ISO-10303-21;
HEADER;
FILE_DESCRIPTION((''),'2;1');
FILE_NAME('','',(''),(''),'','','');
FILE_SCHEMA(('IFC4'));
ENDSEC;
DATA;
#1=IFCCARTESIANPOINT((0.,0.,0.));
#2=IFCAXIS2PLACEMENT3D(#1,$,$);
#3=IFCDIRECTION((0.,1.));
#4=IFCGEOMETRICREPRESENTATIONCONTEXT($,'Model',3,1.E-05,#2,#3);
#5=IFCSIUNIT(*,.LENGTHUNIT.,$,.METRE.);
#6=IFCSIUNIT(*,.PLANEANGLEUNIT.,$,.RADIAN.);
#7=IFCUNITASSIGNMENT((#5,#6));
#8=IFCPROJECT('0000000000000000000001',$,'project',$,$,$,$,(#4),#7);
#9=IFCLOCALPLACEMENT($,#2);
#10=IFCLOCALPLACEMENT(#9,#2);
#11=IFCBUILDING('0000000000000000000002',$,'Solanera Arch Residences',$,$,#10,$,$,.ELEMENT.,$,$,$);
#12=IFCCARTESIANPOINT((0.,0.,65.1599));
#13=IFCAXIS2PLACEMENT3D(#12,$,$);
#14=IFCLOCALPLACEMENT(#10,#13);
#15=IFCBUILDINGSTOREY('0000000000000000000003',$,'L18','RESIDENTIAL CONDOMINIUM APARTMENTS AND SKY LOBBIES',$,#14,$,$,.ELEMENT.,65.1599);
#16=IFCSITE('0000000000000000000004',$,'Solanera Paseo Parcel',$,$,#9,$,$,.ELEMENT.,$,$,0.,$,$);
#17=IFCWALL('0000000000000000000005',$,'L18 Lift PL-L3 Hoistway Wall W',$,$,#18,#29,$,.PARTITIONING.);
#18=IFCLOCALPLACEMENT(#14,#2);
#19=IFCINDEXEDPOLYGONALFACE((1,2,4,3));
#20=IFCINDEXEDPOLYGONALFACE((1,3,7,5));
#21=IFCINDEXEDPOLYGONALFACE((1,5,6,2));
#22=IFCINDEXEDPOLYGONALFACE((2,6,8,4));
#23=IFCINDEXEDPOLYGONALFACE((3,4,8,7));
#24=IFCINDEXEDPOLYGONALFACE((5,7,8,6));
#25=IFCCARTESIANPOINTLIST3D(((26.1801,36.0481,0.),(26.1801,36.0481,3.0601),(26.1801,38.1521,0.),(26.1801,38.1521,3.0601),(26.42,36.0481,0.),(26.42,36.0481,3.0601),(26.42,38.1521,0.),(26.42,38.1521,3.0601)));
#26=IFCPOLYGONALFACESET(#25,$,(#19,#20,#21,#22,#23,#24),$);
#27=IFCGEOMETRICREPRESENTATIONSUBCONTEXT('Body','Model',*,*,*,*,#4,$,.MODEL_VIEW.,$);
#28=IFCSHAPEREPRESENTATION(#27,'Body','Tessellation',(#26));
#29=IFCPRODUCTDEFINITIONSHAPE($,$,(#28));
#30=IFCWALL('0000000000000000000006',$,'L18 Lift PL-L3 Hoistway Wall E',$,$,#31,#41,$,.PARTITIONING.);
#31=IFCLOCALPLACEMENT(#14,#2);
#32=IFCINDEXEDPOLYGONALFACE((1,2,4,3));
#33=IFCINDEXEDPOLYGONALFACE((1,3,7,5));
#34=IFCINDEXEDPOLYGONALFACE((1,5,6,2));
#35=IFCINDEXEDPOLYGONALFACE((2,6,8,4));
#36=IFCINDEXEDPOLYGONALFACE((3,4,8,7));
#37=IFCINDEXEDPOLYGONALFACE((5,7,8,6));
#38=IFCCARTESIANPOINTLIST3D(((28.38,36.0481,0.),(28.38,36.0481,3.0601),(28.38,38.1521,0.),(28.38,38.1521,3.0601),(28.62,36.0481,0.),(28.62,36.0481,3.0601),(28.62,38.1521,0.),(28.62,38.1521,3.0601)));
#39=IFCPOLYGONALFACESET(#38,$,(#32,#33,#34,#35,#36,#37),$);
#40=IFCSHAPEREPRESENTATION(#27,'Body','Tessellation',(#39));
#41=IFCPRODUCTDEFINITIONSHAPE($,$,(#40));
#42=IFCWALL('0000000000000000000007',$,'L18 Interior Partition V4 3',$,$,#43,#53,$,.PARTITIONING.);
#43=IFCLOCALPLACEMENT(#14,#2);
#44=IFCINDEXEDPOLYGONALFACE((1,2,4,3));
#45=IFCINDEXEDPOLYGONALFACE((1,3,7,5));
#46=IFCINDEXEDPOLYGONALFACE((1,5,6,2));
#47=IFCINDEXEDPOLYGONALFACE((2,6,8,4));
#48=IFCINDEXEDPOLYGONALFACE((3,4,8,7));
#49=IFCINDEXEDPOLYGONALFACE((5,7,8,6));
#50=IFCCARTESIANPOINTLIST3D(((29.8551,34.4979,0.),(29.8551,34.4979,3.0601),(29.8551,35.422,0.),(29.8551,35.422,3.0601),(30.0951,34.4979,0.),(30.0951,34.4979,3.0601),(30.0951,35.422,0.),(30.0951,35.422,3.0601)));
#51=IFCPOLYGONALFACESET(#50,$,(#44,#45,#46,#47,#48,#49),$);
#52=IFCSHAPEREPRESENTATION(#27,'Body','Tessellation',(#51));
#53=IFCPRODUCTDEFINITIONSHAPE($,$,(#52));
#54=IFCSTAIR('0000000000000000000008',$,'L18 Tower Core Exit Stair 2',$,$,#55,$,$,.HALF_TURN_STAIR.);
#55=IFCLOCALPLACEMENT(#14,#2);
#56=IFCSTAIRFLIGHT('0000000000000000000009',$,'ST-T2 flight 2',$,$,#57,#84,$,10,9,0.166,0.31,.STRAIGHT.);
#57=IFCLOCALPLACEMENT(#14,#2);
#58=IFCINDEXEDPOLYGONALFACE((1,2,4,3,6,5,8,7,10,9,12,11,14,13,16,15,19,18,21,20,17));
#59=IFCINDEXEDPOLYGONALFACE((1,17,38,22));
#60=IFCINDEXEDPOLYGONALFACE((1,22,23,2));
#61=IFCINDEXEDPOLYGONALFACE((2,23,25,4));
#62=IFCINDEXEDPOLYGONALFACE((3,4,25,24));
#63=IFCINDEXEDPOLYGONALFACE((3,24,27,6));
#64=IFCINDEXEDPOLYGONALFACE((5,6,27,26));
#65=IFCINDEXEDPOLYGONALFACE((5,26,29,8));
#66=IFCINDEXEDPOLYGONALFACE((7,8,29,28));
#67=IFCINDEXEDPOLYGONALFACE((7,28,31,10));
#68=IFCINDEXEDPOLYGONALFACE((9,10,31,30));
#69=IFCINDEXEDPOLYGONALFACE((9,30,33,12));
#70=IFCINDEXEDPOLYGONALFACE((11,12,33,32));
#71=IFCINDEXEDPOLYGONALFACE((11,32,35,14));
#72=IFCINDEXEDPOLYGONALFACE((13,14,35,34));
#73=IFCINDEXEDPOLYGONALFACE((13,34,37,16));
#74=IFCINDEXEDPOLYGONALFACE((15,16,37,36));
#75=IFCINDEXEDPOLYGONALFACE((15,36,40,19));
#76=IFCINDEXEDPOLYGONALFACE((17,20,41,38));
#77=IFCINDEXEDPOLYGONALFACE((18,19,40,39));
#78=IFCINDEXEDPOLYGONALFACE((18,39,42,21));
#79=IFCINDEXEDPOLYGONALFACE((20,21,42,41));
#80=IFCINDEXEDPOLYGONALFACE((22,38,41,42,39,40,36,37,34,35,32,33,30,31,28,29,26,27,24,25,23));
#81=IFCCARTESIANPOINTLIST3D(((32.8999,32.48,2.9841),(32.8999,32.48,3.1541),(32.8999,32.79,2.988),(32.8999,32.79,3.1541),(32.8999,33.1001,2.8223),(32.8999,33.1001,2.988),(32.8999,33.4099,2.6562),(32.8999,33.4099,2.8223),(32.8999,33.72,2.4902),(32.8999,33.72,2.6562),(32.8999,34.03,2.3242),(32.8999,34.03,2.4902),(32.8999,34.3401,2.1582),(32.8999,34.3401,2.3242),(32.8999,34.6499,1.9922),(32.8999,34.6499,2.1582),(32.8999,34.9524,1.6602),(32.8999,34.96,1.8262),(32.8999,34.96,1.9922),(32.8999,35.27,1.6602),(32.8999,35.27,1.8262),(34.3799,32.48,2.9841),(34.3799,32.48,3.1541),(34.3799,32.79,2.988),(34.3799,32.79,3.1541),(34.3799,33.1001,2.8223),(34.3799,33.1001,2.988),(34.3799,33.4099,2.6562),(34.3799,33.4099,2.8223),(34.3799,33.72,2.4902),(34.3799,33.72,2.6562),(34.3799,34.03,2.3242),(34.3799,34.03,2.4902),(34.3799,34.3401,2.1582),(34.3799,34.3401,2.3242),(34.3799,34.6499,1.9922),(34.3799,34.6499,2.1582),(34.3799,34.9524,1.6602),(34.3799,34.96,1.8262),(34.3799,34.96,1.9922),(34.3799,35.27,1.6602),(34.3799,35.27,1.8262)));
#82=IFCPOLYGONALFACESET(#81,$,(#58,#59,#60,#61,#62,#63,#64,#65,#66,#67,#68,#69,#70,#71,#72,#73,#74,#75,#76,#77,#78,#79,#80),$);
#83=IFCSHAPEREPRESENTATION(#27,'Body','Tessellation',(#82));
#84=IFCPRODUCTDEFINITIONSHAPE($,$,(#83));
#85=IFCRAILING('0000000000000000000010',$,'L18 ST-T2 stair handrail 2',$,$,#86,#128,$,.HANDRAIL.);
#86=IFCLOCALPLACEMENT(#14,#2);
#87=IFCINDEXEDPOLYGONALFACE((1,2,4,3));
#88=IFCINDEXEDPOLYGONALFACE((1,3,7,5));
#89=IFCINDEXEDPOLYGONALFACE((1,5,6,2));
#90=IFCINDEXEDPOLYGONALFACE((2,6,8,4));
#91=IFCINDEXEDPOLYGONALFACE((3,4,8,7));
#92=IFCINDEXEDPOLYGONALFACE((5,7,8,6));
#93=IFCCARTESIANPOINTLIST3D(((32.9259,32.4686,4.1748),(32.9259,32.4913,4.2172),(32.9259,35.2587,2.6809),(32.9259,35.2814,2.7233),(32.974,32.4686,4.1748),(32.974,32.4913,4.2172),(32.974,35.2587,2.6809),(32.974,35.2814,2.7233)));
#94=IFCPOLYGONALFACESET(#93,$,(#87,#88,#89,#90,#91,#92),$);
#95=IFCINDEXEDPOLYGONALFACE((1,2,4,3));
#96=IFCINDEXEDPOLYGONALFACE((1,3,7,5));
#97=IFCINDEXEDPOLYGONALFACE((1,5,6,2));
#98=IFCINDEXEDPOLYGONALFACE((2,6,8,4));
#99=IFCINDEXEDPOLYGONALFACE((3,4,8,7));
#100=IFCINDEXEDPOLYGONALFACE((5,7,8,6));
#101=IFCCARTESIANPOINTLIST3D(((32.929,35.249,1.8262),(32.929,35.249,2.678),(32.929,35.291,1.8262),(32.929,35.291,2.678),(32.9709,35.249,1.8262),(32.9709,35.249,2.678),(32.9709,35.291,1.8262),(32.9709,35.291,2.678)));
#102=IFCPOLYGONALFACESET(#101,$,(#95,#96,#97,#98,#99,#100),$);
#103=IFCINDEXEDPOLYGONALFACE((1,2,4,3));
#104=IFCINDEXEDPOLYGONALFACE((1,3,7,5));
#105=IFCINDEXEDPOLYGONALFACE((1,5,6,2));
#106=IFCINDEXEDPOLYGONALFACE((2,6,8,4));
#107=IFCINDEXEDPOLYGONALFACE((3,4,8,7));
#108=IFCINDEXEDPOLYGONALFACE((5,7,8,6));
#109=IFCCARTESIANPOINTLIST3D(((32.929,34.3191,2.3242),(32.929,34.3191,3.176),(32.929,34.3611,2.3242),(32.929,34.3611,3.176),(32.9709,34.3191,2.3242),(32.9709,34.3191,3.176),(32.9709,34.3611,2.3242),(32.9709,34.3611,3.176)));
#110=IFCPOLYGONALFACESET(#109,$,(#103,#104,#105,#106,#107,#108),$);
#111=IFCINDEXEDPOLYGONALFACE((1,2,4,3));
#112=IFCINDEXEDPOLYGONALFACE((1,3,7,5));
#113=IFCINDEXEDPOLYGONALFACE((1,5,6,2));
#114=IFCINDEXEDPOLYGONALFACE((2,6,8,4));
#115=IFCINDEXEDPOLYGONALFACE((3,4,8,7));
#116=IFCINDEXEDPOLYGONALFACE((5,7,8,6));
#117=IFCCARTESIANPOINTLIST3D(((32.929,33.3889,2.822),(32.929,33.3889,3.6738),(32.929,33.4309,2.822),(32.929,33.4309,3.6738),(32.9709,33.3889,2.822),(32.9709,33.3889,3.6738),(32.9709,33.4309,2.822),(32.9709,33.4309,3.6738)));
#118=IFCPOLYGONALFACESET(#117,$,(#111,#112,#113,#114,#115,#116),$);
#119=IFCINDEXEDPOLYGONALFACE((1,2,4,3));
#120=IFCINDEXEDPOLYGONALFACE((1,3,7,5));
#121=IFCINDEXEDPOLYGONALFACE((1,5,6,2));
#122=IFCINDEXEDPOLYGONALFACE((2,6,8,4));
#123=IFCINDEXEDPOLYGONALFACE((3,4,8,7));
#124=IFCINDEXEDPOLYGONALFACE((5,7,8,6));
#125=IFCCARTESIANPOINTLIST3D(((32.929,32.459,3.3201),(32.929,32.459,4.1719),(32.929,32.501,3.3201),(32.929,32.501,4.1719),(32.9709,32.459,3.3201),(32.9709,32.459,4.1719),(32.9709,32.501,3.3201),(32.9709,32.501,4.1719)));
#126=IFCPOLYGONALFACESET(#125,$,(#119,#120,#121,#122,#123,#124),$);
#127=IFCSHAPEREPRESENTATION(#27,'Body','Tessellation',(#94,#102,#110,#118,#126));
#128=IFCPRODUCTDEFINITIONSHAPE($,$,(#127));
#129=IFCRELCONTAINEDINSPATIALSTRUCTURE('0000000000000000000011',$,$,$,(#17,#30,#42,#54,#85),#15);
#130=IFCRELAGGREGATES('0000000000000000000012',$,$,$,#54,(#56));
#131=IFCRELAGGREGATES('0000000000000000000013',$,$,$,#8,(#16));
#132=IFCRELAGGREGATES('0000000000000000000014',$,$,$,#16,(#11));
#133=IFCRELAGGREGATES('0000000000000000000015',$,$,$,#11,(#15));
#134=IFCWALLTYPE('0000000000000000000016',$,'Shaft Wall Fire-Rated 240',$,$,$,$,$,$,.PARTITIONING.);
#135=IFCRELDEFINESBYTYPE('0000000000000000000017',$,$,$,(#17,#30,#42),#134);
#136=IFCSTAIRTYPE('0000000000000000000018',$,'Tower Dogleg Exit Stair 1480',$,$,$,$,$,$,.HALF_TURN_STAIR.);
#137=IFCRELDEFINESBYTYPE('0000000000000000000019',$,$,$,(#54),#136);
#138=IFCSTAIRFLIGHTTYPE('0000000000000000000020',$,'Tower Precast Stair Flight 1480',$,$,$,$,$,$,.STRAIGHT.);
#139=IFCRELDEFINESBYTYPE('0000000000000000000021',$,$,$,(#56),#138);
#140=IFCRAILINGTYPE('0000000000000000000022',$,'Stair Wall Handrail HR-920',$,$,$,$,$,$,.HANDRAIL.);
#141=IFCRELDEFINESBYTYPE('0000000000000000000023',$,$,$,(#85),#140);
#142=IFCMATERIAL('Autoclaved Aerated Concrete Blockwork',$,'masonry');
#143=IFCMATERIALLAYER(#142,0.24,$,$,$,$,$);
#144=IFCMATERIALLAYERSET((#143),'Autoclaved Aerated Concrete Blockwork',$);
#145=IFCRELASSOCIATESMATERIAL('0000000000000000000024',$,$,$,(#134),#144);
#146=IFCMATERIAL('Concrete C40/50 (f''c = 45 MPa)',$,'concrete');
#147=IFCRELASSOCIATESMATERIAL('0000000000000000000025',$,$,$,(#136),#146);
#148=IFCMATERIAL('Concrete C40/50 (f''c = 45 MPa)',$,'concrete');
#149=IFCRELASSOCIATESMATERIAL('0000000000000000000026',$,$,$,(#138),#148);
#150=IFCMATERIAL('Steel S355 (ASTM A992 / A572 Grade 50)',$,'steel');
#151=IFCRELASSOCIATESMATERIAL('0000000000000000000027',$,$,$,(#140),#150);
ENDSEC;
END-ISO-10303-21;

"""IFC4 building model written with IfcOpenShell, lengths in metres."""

from ifc_helpers import new_model, si_unit, direction, frame, frame_2d, origin, origin_2d, place, context, subcontext, project, spatial, polyline, rectangle, outline, extrude, material, layer, layer_set, type_object, element, aggregate, save


model = new_model("IFC4")

# Units and contexts
model_context = context("Model", 3, precision=1e-05, world=origin(), true_north=direction((0.0, 1.0)))
body_context = subcontext(model_context, "Body", "Model", "MODEL_VIEW")
ifc_project = project(units=[si_unit("LENGTHUNIT", "METRE"), si_unit("PLANEANGLEUNIT", "RADIAN")], contexts=[model_context])

# Site, building, storey
site_placement = place(None, origin())
site = spatial("IfcSite", under=ifc_project, at=site_placement, Name="Solanera Paseo Parcel", CompositionType="ELEMENT", RefElevation=0.0)
building_placement = place(site_placement, origin())
building = spatial("IfcBuilding", under=site, at=building_placement, Name="Solanera Arch Residences", CompositionType="ELEMENT")
storey_placement = place(building_placement, frame((0.0, 0.0, 65.1599)))
storey = spatial("IfcBuildingStorey", under=building, at=storey_placement, Name="L18", Description="RESIDENTIAL CONDOMINIUM APARTMENTS AND SKY LOBBIES", CompositionType="ELEMENT", Elevation=65.1599)

# Walls
ifc_material_1 = material(Name="Autoclaved Aerated Concrete Blockwork", Category="masonry")
ifc_layer_1 = layer(ifc_material_1, 0.24)
ifc_layer_set_1 = layer_set([ifc_layer_1], Name="Autoclaved Aerated Concrete Blockwork")
wall_type_1 = type_object("IfcWallType", Name="Shaft Wall Fire-Rated 240", PredefinedType="PARTITIONING", material=ifc_layer_set_1)
for number, where, z_axis, x_axis, name in (
    (1, (26.3, 36.0481, 0.0), (0.0, 0.0, 1.0), (0.0, 1.0, 0.0), "L18 Lift PL-L3 Hoistway Wall W"),
    (2, (28.5, 36.0481, 0.0), (0.0, 0.0, 1.0), (0.0, 1.0, 0.0), "L18 Lift PL-L3 Hoistway Wall E"),
):
    element("IfcWall", number, at=place(storey_placement, frame(where, z_axis=z_axis, x_axis=x_axis)), inside=storey, type_object=wall_type_1, Name=name, PredefinedType="PARTITIONING", context=body_context, shape_type="SweptSolid", body=[
        extrude(rectangle(XDim=2.104, YDim=0.24, at=frame_2d((1.052, 0.0))), origin(), (0.0, 0.0, 1.0), 3.0601),
    ])

# Wall
wall_1_placement = place(storey_placement, frame((29.9751, 34.498, 0.0), z_axis=(0.0, 0.0, 1.0), x_axis=(0.0, 1.0, 0.0)))
element("IfcWall", 3, at=wall_1_placement, inside=storey, type_object=wall_type_1, Name="L18 Interior Partition V4 3", PredefinedType="PARTITIONING", context=body_context, shape_type="SweptSolid", body=[
    extrude(rectangle(XDim=0.9241, YDim=0.24, at=frame_2d((0.4619, 0.0))), origin(), (0.0, 0.0, 1.0), 3.0601),
])

# Stair, stair flight
ifc_material_2 = material(Name="Concrete C40/50 (f'c = 45 MPa)", Category="concrete")
stair_type = type_object("IfcStairType", Name="Tower Dogleg Exit Stair 1480", PredefinedType="HALF_TURN_STAIR", material=ifc_material_2)
stair_placement = place(storey_placement, origin())
stair = element("IfcStair", 4, at=stair_placement, inside=storey, type_object=stair_type, Name="L18 Tower Core Exit Stair 2", PredefinedType="HALF_TURN_STAIR")
ifc_material_3 = material(Name="Concrete C40/50 (f'c = 45 MPa)", Category="concrete")
stair_flight_type = type_object("IfcStairFlightType", Name="Tower Precast Stair Flight 1480", PredefinedType="STRAIGHT", material=ifc_material_3)
stair_flight_placement = place(storey_placement, frame((33.6399, 35.27, 1.6602), z_axis=(0.0, 0.0, 1.0), x_axis=(0.0, -1.0, 0.0)))
stair_flight = element("IfcStairFlight", 5, at=stair_flight_placement, type_object=stair_flight_type, Name="ST-T2 flight 2", NumberOfRisers=10, NumberOfTreads=9, PredefinedType="STRAIGHT", RiserHeight=0.166, TreadLength=0.31, context=body_context, shape_type="SweptSolid", body=[
    extrude(outline(polyline([(0.0, 0.0), (0.0, 0.166), (0.3101, 0.166), (0.3101, 0.332), (0.6201, 0.332), (0.6201, 0.498), (0.9299, 0.498), (0.9299, 0.6641), (1.24, 0.6641), (1.24, 0.8301), (1.55, 0.8301), (1.55, 0.9961), (1.8601, 0.9961), (1.8601, 1.1621), (2.1699, 1.1621), (2.1699, 1.3279), (2.48, 1.3279), (2.48, 1.4939), (2.79, 1.4939), (2.79, 1.6599), (2.79, 1.324), (0.3176, 0.0), (0.0, 0.0)])), frame((0.0, 0.74, 0.0), z_axis=(0.0, -1.0, 0.0), x_axis=(1.0, 0.0, 0.0)), (0.0, 0.0, 1.0), 1.48),
])
aggregate(stair, [stair_flight])

# Railing
ifc_material_4 = material(Name="Steel S355 (ASTM A992 / A572 Grade 50)", Category="steel")
railing_type = type_object("IfcRailingType", Name="Stair Wall Handrail HR-920", PredefinedType="HANDRAIL", material=ifc_material_4)
railing_placement = place(storey_placement, frame((32.95, 35.27, 1.8262)))
element("IfcRailing", 6, at=railing_placement, inside=storey, type_object=railing_type, Name="L18 ST-T2 stair handrail 2", PredefinedType="HANDRAIL", context=body_context, shape_type="SweptSolid", body=[
    extrude(rectangle(XDim=0.0481, YDim=0.0481, at=origin_2d()), frame((0.0, 0.0, 0.876), z_axis=(0.0, -0.881581, 0.472033), x_axis=(1.0, 0.0, 0.0)), (0.0, 0.0, 1.0), 3.1648),
    extrude(rectangle(XDim=0.042, YDim=0.042, at=origin_2d()), origin(), (0.0, 0.0, 1.0), 0.8518),
    extrude(rectangle(XDim=0.042, YDim=0.042, at=origin_2d()), frame((0.0, -0.9299, 0.498)), (0.0, 0.0, 1.0), 0.8518),
    extrude(rectangle(XDim=0.042, YDim=0.042, at=origin_2d()), frame((0.0, -1.8601, 0.9958)), (0.0, 0.0, 1.0), 0.8518),
    extrude(rectangle(XDim=0.042, YDim=0.042, at=origin_2d()), frame((0.0, -2.79, 1.4939)), (0.0, 0.0, 1.0), 0.8518),
])

save(model, "model.ifc")
